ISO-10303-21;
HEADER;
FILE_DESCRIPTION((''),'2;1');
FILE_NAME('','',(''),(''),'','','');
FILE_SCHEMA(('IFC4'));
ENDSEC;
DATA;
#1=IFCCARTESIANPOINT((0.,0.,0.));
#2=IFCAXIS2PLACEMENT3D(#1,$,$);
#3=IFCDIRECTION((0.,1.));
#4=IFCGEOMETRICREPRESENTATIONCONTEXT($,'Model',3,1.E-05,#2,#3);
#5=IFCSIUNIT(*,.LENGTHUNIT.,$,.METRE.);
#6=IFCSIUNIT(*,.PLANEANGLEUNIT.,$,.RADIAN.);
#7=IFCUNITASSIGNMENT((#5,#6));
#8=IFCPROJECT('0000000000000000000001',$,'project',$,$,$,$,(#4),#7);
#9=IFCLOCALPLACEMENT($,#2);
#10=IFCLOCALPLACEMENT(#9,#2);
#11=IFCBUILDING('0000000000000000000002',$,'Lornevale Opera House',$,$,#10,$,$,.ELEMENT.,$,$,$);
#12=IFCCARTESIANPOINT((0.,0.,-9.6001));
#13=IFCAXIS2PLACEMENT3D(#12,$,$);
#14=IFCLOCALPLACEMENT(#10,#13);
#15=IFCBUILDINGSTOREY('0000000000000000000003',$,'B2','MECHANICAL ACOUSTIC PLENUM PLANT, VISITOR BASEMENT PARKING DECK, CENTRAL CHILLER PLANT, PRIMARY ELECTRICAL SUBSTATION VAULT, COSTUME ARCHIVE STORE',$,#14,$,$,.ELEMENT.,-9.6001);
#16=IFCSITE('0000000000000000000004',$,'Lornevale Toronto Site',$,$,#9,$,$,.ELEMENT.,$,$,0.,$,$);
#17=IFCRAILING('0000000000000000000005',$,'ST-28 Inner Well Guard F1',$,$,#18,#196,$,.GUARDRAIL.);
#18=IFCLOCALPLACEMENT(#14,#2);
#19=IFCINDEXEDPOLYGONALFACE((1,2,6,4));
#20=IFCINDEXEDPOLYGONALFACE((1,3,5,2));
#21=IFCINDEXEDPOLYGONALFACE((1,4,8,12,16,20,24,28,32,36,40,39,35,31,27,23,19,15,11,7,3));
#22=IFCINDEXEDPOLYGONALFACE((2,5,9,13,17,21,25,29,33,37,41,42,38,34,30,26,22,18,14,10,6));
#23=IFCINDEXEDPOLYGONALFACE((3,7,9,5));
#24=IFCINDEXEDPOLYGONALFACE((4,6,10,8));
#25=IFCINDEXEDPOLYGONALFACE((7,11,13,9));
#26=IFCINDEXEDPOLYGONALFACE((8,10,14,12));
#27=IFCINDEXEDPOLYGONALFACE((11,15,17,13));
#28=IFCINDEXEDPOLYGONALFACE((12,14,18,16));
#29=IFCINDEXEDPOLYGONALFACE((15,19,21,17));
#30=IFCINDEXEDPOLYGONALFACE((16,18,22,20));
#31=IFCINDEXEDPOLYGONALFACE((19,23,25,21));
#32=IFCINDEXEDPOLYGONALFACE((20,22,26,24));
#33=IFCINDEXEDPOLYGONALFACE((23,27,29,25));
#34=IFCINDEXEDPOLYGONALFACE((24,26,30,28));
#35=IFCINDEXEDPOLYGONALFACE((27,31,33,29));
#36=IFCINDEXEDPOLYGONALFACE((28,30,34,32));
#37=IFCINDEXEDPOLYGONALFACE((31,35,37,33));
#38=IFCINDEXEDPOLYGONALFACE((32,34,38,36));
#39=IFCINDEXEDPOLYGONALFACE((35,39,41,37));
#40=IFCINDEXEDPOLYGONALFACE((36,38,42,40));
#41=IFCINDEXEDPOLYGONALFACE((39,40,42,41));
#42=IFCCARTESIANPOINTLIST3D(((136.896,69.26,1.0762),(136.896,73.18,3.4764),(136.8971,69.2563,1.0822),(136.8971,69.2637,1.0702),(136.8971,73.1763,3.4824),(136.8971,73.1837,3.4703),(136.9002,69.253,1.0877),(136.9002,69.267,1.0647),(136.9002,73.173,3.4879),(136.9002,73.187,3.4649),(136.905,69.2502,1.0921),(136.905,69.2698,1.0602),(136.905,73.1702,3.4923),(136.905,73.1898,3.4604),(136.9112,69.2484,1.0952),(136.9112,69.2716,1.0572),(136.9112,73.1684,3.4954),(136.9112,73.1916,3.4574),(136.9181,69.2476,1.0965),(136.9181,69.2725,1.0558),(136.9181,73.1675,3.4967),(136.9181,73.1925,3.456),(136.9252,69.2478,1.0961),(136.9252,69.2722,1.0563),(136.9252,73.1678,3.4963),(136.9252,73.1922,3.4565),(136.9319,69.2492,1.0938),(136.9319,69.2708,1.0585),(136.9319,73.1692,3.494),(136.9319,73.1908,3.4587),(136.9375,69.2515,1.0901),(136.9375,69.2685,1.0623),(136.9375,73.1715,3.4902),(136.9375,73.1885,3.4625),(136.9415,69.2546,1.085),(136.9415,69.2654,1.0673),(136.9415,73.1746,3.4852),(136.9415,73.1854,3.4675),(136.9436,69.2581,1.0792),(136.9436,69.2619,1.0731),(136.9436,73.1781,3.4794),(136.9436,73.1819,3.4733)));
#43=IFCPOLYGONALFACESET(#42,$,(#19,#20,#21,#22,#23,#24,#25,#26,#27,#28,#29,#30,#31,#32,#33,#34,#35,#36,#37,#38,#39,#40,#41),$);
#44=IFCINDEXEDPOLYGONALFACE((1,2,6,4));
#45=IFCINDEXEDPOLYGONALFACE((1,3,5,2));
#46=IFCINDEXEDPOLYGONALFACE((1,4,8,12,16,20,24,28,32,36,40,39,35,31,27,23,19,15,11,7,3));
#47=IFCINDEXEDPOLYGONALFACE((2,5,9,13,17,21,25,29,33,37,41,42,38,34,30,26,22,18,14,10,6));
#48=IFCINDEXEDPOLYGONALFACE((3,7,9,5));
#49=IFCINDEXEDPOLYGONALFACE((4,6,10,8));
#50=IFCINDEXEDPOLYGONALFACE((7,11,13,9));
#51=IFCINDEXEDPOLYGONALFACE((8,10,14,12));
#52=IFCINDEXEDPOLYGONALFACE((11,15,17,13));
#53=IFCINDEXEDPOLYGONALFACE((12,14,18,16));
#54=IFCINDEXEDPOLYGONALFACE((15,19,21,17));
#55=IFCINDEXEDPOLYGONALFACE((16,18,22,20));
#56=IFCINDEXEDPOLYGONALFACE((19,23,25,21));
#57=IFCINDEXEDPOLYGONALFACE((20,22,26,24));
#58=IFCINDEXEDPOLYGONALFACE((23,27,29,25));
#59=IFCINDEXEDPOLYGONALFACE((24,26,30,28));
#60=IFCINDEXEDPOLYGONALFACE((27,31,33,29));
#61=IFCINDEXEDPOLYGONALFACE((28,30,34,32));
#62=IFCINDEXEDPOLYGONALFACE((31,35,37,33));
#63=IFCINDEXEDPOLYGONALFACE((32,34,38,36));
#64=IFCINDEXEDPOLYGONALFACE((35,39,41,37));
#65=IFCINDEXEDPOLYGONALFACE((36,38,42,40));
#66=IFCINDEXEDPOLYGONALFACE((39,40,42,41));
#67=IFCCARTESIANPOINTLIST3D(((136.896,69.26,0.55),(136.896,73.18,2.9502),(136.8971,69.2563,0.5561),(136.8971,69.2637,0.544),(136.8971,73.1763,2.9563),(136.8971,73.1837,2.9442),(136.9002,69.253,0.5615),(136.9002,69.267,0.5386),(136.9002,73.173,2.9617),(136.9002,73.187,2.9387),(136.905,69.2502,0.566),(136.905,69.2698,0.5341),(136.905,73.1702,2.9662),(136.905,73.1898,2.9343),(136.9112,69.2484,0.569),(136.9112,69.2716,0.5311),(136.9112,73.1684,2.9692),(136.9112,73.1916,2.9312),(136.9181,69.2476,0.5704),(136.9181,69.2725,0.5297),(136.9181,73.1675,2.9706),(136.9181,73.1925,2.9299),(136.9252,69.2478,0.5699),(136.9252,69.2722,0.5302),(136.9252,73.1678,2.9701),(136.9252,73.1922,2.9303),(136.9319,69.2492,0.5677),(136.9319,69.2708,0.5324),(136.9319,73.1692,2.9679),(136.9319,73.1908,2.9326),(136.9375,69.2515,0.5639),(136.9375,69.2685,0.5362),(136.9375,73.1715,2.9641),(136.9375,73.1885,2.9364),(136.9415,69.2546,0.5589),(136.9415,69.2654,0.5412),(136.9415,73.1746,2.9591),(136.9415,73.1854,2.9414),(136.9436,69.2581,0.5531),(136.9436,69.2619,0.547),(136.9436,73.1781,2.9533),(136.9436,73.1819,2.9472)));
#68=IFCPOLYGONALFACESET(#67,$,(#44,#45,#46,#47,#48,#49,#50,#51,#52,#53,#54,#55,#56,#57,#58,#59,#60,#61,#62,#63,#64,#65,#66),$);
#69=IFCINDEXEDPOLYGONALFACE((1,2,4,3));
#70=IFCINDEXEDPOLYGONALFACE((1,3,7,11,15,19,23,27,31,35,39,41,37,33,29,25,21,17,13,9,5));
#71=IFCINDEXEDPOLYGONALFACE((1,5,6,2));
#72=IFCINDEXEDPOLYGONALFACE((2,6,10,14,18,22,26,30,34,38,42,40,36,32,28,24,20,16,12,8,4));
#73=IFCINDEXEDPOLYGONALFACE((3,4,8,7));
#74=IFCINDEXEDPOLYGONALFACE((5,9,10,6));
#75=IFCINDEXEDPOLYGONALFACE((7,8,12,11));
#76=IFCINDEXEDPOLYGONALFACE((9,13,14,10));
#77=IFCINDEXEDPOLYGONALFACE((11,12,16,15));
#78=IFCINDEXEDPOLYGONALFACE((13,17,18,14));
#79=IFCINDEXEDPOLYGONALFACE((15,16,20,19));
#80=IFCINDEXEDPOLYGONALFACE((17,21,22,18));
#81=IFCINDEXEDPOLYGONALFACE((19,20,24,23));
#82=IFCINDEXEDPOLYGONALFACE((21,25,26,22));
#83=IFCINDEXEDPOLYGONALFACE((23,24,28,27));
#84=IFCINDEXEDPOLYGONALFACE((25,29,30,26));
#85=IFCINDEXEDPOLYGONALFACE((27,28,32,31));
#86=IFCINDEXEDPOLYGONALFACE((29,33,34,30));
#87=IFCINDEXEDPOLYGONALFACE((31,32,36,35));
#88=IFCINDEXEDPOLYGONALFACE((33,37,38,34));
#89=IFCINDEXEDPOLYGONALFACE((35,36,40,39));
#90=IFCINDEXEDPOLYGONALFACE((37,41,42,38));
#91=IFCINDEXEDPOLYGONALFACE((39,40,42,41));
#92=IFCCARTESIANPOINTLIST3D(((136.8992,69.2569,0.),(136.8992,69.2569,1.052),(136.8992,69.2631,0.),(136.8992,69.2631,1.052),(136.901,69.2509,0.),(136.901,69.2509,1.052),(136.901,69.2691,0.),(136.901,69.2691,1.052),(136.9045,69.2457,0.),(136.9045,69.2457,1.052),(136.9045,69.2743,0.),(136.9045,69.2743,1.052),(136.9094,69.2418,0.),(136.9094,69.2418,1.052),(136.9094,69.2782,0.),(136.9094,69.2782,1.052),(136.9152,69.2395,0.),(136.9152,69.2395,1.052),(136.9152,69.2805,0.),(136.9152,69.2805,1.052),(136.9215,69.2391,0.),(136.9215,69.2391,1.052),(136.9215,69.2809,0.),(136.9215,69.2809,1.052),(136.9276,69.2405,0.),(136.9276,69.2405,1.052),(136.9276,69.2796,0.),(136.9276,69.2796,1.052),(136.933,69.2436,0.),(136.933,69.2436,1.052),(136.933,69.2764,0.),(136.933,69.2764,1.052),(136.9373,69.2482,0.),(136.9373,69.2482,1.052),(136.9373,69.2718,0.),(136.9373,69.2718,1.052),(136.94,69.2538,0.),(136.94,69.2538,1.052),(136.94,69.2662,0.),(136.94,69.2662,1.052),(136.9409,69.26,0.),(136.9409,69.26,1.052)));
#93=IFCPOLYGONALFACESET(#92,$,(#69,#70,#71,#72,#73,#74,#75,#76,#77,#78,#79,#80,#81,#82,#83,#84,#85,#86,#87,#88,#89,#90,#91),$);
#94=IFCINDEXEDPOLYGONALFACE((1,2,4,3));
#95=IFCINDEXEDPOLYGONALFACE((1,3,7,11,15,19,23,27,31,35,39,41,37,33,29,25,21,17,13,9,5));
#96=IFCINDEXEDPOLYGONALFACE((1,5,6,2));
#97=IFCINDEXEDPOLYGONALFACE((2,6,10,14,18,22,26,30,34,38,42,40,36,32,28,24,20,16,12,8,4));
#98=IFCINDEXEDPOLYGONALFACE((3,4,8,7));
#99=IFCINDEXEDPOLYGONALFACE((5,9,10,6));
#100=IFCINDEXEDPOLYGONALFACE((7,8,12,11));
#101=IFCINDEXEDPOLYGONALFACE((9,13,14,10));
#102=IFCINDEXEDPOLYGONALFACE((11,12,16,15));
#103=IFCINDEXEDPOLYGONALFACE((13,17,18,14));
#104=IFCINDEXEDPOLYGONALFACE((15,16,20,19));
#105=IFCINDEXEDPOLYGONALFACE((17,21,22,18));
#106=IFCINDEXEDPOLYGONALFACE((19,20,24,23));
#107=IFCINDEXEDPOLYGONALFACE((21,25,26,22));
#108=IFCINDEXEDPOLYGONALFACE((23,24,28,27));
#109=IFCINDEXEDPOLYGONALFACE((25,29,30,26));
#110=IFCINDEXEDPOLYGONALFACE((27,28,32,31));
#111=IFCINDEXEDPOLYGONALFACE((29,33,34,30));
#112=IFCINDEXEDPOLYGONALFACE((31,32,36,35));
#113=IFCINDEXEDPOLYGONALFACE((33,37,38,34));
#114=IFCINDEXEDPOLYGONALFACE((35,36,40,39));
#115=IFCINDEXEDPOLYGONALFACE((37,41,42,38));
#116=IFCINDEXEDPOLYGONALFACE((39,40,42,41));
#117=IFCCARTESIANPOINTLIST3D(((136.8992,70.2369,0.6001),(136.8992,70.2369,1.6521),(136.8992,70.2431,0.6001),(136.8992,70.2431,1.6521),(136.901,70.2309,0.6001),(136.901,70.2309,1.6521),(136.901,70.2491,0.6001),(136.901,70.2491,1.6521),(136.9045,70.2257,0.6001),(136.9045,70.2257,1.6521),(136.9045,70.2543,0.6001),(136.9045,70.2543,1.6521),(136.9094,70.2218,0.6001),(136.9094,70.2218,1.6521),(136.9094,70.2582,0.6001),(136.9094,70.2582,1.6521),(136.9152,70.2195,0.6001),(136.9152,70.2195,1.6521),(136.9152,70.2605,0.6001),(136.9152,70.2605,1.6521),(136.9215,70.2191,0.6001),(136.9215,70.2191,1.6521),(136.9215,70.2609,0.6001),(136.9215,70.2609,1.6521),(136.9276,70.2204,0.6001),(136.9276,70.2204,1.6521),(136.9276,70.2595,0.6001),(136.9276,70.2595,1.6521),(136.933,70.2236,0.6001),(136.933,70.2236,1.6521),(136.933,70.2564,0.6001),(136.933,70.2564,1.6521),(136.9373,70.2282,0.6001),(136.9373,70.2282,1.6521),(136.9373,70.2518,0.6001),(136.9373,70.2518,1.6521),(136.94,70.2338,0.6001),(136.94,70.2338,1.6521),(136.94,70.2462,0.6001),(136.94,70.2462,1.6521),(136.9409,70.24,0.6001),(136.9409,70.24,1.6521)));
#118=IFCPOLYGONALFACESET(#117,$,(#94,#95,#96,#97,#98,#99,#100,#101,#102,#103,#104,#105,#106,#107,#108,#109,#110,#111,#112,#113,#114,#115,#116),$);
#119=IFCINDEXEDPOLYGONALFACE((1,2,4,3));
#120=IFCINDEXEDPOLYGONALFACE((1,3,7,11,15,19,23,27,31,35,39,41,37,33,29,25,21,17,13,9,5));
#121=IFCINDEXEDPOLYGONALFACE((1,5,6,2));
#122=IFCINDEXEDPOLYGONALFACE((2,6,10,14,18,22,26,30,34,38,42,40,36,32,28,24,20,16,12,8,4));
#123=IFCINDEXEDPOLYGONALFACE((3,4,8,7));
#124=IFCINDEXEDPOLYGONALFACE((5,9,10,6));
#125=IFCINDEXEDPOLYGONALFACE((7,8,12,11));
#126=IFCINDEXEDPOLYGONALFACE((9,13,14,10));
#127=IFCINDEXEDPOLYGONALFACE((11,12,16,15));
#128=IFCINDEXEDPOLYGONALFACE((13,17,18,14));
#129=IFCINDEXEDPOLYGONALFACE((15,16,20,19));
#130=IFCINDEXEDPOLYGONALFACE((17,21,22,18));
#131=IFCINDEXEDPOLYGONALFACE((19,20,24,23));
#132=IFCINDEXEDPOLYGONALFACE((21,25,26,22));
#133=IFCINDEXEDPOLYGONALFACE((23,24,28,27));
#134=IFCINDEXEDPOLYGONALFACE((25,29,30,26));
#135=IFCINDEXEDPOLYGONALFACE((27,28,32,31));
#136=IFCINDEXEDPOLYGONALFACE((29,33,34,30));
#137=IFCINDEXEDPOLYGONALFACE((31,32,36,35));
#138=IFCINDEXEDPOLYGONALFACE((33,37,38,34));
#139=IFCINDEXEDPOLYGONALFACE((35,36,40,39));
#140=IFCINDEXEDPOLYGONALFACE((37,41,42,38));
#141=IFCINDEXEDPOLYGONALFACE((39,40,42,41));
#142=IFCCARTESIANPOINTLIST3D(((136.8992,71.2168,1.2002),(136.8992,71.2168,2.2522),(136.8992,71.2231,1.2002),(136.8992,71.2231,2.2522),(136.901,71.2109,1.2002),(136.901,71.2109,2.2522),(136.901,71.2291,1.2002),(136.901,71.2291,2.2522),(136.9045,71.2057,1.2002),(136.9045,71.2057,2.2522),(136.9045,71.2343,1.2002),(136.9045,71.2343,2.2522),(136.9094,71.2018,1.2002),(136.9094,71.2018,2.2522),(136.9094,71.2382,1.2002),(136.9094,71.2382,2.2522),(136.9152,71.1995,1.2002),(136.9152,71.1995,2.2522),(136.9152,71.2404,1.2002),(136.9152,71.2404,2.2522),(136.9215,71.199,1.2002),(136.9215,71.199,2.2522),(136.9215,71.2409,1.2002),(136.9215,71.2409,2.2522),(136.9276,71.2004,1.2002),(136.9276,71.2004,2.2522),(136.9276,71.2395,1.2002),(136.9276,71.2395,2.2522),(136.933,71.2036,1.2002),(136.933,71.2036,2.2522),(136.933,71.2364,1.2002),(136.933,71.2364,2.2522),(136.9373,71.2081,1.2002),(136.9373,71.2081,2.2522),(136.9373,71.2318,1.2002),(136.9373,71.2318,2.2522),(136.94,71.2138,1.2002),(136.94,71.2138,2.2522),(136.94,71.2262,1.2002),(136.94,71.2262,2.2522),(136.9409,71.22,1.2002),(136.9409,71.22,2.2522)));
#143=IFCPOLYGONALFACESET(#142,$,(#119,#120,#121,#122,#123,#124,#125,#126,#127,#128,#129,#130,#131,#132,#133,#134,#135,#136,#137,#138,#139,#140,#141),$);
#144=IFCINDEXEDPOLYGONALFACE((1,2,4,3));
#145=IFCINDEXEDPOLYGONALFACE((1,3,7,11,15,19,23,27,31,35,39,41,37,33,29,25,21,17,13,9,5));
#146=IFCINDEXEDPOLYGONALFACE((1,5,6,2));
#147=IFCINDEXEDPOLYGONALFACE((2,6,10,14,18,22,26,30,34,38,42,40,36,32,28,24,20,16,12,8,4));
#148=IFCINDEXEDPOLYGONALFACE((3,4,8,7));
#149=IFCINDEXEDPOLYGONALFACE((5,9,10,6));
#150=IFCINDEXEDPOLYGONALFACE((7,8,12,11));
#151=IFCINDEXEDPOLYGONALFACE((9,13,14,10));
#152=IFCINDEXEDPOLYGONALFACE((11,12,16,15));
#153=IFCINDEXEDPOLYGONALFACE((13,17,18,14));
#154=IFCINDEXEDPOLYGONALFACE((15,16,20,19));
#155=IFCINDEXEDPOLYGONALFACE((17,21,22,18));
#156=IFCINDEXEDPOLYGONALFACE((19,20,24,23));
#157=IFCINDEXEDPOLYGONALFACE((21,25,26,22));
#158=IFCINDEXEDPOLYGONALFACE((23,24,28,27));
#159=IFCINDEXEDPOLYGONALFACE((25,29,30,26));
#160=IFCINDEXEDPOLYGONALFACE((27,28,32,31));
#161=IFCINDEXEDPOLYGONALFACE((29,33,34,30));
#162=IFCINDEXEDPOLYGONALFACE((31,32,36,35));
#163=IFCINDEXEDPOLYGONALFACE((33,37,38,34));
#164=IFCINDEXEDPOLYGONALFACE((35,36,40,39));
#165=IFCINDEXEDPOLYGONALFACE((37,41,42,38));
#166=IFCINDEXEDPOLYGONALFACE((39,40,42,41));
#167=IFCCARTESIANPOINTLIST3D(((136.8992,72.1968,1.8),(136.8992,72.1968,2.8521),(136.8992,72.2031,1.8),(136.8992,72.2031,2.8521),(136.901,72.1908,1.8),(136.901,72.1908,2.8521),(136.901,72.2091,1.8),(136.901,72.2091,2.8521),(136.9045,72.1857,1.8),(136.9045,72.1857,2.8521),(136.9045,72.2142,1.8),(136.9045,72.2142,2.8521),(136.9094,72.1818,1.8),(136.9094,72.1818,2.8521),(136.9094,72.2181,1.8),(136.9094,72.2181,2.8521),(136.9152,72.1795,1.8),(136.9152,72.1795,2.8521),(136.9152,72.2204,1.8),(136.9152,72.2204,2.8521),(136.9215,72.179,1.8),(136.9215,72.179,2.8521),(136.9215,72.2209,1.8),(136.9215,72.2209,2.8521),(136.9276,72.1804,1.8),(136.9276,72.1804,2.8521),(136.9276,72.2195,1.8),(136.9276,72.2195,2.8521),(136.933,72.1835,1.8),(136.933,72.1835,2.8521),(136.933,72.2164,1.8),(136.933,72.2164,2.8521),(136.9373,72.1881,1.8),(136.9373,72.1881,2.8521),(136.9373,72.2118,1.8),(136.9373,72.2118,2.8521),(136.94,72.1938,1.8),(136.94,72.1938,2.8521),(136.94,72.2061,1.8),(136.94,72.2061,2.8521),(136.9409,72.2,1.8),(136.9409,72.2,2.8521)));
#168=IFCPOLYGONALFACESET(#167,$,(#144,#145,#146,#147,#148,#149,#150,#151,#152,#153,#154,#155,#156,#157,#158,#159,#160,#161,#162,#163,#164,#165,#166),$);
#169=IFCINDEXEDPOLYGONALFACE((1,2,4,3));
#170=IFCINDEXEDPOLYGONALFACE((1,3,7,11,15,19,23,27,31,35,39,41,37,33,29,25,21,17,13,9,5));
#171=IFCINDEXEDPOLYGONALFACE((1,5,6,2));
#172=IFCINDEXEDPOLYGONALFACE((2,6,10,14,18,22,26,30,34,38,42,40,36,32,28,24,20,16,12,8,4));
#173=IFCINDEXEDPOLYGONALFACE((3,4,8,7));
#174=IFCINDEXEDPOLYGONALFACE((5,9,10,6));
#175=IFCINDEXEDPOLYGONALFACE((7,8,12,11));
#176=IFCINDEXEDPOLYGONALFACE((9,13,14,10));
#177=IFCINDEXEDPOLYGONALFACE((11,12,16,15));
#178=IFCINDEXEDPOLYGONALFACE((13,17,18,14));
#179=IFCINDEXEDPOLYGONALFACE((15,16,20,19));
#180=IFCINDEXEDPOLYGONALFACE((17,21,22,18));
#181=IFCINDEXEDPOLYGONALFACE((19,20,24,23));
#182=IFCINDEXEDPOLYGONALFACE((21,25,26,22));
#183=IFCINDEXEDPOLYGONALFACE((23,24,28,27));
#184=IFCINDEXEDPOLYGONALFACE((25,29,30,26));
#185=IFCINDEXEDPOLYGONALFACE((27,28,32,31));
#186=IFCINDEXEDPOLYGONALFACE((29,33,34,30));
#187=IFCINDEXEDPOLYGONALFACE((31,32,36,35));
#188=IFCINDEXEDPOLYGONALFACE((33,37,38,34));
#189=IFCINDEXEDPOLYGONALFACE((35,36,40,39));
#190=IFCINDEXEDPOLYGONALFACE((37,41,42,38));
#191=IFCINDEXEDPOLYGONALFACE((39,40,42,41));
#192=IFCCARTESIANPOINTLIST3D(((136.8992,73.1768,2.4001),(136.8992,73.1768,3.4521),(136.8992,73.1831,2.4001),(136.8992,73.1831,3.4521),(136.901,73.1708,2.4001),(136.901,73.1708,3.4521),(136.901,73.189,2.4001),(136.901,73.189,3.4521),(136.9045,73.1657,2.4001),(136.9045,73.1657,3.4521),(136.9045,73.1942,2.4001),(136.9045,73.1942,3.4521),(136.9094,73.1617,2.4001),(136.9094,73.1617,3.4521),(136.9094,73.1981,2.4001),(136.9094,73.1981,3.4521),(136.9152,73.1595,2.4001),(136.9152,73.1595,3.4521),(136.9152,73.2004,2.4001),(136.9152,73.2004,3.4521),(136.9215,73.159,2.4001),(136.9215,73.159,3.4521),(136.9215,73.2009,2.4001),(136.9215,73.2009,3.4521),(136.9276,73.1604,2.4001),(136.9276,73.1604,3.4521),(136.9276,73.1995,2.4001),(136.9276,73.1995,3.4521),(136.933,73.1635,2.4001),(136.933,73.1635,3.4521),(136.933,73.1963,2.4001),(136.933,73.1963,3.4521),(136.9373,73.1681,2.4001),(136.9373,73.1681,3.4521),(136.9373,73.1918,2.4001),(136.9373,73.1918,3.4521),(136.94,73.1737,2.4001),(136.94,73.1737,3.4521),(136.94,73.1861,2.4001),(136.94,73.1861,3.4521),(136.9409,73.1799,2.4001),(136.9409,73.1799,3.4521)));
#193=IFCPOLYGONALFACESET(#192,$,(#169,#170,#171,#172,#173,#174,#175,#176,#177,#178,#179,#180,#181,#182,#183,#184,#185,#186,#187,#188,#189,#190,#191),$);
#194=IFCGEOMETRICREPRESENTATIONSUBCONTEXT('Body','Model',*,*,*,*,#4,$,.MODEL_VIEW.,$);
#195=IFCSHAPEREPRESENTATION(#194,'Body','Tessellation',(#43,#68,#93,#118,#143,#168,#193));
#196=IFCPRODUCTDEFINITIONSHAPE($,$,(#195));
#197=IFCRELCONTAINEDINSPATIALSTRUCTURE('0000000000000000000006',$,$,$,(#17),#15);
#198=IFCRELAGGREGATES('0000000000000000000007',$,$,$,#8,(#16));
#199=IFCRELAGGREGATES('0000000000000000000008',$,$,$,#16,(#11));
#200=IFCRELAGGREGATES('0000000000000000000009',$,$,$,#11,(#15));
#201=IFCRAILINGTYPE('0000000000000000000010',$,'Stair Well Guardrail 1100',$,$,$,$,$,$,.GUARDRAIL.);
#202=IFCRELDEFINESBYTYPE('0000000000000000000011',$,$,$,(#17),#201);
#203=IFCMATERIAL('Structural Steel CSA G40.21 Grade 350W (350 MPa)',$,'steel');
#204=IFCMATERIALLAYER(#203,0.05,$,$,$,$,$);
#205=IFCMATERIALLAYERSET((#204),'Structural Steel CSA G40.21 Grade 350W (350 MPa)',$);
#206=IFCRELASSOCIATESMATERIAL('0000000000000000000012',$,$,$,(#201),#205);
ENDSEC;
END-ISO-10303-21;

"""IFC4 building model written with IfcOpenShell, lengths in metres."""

from ifc_helpers import new_model, si_unit, direction, frame, origin, origin_2d, place, context, subcontext, project, spatial, circle, extrude, material, layer, layer_set, type_object, element, save


model = new_model("IFC4")

# Units and contexts
model_context = context("Model", 3, precision=1e-05, world=origin(), true_north=direction((0.0, 1.0)))
body_context = subcontext(model_context, "Body", "Model", "MODEL_VIEW")
ifc_project = project(units=[si_unit("LENGTHUNIT", "METRE"), si_unit("PLANEANGLEUNIT", "RADIAN")], contexts=[model_context])

# Site, building, storey
site_placement = place(None, origin())
site = spatial("IfcSite", under=ifc_project, at=site_placement, Name="Lornevale Toronto Site", CompositionType="ELEMENT", RefElevation=0.0)
building_placement = place(site_placement, origin())
building = spatial("IfcBuilding", under=site, at=building_placement, Name="Lornevale Opera House", CompositionType="ELEMENT")
storey_placement = place(building_placement, frame((0.0, 0.0, -9.6001)))
storey = spatial("IfcBuildingStorey", under=building, at=storey_placement, Name="B2", Description="MECHANICAL ACOUSTIC PLENUM PLANT, VISITOR BASEMENT PARKING DECK, CENTRAL CHILLER PLANT, PRIMARY ELECTRICAL SUBSTATION VAULT, COSTUME ARCHIVE STORE", CompositionType="ELEMENT", Elevation=-9.6001)

# Railing
ifc_material_1 = material(Name="Structural Steel CSA G40.21 Grade 350W (350 MPa)", Category="steel")
ifc_layer_1 = layer(ifc_material_1, 0.05)
ifc_layer_set_1 = layer_set([ifc_layer_1], Name="Structural Steel CSA G40.21 Grade 350W (350 MPa)")
railing_type_1 = type_object("IfcRailingType", Name="Stair Well Guardrail 1100", PredefinedType="GUARDRAIL", material=ifc_layer_set_1)
railing_1_placement = place(storey_placement, frame((136.9199, 69.26, 0.0)))
element("IfcRailing", 1, at=railing_1_placement, inside=storey, type_object=railing_type_1, Name="ST-28 Inner Well Guard F1", PredefinedType="GUARDRAIL", context=body_context, shape_type="SweptSolid", body=[
    extrude(circle(Radius=0.0239, at=origin_2d()), frame((0.0, 0.0, 1.0762), z_axis=(0.0, 0.852832, 0.522185), x_axis=(-1.0, 0.0, 0.0)), (0.0, 0.0, 1.0), 4.5964),
    extrude(circle(Radius=0.0239, at=origin_2d()), frame((0.0, 0.0, 0.55), z_axis=(0.0, 0.852832, 0.522185), x_axis=(-1.0, 0.0, 0.0)), (0.0, 0.0, 1.0), 4.5964),
    extrude(circle(Radius=0.021, at=origin_2d()), origin(), (0.0, 0.0, 1.0), 1.052),
    extrude(circle(Radius=0.021, at=origin_2d()), frame((0.0, 0.98, 0.6001)), (0.0, 0.0, 1.0), 1.052),
    extrude(circle(Radius=0.021, at=origin_2d()), frame((0.0, 1.96, 1.2002)), (0.0, 0.0, 1.0), 1.052),
    extrude(circle(Radius=0.021, at=origin_2d()), frame((0.0, 2.9399, 1.8)), (0.0, 0.0, 1.0), 1.052),
    extrude(circle(Radius=0.021, at=origin_2d()), frame((0.0, 3.9199, 2.4001)), (0.0, 0.0, 1.0), 1.052),
])

save(model, "model.ifc")
